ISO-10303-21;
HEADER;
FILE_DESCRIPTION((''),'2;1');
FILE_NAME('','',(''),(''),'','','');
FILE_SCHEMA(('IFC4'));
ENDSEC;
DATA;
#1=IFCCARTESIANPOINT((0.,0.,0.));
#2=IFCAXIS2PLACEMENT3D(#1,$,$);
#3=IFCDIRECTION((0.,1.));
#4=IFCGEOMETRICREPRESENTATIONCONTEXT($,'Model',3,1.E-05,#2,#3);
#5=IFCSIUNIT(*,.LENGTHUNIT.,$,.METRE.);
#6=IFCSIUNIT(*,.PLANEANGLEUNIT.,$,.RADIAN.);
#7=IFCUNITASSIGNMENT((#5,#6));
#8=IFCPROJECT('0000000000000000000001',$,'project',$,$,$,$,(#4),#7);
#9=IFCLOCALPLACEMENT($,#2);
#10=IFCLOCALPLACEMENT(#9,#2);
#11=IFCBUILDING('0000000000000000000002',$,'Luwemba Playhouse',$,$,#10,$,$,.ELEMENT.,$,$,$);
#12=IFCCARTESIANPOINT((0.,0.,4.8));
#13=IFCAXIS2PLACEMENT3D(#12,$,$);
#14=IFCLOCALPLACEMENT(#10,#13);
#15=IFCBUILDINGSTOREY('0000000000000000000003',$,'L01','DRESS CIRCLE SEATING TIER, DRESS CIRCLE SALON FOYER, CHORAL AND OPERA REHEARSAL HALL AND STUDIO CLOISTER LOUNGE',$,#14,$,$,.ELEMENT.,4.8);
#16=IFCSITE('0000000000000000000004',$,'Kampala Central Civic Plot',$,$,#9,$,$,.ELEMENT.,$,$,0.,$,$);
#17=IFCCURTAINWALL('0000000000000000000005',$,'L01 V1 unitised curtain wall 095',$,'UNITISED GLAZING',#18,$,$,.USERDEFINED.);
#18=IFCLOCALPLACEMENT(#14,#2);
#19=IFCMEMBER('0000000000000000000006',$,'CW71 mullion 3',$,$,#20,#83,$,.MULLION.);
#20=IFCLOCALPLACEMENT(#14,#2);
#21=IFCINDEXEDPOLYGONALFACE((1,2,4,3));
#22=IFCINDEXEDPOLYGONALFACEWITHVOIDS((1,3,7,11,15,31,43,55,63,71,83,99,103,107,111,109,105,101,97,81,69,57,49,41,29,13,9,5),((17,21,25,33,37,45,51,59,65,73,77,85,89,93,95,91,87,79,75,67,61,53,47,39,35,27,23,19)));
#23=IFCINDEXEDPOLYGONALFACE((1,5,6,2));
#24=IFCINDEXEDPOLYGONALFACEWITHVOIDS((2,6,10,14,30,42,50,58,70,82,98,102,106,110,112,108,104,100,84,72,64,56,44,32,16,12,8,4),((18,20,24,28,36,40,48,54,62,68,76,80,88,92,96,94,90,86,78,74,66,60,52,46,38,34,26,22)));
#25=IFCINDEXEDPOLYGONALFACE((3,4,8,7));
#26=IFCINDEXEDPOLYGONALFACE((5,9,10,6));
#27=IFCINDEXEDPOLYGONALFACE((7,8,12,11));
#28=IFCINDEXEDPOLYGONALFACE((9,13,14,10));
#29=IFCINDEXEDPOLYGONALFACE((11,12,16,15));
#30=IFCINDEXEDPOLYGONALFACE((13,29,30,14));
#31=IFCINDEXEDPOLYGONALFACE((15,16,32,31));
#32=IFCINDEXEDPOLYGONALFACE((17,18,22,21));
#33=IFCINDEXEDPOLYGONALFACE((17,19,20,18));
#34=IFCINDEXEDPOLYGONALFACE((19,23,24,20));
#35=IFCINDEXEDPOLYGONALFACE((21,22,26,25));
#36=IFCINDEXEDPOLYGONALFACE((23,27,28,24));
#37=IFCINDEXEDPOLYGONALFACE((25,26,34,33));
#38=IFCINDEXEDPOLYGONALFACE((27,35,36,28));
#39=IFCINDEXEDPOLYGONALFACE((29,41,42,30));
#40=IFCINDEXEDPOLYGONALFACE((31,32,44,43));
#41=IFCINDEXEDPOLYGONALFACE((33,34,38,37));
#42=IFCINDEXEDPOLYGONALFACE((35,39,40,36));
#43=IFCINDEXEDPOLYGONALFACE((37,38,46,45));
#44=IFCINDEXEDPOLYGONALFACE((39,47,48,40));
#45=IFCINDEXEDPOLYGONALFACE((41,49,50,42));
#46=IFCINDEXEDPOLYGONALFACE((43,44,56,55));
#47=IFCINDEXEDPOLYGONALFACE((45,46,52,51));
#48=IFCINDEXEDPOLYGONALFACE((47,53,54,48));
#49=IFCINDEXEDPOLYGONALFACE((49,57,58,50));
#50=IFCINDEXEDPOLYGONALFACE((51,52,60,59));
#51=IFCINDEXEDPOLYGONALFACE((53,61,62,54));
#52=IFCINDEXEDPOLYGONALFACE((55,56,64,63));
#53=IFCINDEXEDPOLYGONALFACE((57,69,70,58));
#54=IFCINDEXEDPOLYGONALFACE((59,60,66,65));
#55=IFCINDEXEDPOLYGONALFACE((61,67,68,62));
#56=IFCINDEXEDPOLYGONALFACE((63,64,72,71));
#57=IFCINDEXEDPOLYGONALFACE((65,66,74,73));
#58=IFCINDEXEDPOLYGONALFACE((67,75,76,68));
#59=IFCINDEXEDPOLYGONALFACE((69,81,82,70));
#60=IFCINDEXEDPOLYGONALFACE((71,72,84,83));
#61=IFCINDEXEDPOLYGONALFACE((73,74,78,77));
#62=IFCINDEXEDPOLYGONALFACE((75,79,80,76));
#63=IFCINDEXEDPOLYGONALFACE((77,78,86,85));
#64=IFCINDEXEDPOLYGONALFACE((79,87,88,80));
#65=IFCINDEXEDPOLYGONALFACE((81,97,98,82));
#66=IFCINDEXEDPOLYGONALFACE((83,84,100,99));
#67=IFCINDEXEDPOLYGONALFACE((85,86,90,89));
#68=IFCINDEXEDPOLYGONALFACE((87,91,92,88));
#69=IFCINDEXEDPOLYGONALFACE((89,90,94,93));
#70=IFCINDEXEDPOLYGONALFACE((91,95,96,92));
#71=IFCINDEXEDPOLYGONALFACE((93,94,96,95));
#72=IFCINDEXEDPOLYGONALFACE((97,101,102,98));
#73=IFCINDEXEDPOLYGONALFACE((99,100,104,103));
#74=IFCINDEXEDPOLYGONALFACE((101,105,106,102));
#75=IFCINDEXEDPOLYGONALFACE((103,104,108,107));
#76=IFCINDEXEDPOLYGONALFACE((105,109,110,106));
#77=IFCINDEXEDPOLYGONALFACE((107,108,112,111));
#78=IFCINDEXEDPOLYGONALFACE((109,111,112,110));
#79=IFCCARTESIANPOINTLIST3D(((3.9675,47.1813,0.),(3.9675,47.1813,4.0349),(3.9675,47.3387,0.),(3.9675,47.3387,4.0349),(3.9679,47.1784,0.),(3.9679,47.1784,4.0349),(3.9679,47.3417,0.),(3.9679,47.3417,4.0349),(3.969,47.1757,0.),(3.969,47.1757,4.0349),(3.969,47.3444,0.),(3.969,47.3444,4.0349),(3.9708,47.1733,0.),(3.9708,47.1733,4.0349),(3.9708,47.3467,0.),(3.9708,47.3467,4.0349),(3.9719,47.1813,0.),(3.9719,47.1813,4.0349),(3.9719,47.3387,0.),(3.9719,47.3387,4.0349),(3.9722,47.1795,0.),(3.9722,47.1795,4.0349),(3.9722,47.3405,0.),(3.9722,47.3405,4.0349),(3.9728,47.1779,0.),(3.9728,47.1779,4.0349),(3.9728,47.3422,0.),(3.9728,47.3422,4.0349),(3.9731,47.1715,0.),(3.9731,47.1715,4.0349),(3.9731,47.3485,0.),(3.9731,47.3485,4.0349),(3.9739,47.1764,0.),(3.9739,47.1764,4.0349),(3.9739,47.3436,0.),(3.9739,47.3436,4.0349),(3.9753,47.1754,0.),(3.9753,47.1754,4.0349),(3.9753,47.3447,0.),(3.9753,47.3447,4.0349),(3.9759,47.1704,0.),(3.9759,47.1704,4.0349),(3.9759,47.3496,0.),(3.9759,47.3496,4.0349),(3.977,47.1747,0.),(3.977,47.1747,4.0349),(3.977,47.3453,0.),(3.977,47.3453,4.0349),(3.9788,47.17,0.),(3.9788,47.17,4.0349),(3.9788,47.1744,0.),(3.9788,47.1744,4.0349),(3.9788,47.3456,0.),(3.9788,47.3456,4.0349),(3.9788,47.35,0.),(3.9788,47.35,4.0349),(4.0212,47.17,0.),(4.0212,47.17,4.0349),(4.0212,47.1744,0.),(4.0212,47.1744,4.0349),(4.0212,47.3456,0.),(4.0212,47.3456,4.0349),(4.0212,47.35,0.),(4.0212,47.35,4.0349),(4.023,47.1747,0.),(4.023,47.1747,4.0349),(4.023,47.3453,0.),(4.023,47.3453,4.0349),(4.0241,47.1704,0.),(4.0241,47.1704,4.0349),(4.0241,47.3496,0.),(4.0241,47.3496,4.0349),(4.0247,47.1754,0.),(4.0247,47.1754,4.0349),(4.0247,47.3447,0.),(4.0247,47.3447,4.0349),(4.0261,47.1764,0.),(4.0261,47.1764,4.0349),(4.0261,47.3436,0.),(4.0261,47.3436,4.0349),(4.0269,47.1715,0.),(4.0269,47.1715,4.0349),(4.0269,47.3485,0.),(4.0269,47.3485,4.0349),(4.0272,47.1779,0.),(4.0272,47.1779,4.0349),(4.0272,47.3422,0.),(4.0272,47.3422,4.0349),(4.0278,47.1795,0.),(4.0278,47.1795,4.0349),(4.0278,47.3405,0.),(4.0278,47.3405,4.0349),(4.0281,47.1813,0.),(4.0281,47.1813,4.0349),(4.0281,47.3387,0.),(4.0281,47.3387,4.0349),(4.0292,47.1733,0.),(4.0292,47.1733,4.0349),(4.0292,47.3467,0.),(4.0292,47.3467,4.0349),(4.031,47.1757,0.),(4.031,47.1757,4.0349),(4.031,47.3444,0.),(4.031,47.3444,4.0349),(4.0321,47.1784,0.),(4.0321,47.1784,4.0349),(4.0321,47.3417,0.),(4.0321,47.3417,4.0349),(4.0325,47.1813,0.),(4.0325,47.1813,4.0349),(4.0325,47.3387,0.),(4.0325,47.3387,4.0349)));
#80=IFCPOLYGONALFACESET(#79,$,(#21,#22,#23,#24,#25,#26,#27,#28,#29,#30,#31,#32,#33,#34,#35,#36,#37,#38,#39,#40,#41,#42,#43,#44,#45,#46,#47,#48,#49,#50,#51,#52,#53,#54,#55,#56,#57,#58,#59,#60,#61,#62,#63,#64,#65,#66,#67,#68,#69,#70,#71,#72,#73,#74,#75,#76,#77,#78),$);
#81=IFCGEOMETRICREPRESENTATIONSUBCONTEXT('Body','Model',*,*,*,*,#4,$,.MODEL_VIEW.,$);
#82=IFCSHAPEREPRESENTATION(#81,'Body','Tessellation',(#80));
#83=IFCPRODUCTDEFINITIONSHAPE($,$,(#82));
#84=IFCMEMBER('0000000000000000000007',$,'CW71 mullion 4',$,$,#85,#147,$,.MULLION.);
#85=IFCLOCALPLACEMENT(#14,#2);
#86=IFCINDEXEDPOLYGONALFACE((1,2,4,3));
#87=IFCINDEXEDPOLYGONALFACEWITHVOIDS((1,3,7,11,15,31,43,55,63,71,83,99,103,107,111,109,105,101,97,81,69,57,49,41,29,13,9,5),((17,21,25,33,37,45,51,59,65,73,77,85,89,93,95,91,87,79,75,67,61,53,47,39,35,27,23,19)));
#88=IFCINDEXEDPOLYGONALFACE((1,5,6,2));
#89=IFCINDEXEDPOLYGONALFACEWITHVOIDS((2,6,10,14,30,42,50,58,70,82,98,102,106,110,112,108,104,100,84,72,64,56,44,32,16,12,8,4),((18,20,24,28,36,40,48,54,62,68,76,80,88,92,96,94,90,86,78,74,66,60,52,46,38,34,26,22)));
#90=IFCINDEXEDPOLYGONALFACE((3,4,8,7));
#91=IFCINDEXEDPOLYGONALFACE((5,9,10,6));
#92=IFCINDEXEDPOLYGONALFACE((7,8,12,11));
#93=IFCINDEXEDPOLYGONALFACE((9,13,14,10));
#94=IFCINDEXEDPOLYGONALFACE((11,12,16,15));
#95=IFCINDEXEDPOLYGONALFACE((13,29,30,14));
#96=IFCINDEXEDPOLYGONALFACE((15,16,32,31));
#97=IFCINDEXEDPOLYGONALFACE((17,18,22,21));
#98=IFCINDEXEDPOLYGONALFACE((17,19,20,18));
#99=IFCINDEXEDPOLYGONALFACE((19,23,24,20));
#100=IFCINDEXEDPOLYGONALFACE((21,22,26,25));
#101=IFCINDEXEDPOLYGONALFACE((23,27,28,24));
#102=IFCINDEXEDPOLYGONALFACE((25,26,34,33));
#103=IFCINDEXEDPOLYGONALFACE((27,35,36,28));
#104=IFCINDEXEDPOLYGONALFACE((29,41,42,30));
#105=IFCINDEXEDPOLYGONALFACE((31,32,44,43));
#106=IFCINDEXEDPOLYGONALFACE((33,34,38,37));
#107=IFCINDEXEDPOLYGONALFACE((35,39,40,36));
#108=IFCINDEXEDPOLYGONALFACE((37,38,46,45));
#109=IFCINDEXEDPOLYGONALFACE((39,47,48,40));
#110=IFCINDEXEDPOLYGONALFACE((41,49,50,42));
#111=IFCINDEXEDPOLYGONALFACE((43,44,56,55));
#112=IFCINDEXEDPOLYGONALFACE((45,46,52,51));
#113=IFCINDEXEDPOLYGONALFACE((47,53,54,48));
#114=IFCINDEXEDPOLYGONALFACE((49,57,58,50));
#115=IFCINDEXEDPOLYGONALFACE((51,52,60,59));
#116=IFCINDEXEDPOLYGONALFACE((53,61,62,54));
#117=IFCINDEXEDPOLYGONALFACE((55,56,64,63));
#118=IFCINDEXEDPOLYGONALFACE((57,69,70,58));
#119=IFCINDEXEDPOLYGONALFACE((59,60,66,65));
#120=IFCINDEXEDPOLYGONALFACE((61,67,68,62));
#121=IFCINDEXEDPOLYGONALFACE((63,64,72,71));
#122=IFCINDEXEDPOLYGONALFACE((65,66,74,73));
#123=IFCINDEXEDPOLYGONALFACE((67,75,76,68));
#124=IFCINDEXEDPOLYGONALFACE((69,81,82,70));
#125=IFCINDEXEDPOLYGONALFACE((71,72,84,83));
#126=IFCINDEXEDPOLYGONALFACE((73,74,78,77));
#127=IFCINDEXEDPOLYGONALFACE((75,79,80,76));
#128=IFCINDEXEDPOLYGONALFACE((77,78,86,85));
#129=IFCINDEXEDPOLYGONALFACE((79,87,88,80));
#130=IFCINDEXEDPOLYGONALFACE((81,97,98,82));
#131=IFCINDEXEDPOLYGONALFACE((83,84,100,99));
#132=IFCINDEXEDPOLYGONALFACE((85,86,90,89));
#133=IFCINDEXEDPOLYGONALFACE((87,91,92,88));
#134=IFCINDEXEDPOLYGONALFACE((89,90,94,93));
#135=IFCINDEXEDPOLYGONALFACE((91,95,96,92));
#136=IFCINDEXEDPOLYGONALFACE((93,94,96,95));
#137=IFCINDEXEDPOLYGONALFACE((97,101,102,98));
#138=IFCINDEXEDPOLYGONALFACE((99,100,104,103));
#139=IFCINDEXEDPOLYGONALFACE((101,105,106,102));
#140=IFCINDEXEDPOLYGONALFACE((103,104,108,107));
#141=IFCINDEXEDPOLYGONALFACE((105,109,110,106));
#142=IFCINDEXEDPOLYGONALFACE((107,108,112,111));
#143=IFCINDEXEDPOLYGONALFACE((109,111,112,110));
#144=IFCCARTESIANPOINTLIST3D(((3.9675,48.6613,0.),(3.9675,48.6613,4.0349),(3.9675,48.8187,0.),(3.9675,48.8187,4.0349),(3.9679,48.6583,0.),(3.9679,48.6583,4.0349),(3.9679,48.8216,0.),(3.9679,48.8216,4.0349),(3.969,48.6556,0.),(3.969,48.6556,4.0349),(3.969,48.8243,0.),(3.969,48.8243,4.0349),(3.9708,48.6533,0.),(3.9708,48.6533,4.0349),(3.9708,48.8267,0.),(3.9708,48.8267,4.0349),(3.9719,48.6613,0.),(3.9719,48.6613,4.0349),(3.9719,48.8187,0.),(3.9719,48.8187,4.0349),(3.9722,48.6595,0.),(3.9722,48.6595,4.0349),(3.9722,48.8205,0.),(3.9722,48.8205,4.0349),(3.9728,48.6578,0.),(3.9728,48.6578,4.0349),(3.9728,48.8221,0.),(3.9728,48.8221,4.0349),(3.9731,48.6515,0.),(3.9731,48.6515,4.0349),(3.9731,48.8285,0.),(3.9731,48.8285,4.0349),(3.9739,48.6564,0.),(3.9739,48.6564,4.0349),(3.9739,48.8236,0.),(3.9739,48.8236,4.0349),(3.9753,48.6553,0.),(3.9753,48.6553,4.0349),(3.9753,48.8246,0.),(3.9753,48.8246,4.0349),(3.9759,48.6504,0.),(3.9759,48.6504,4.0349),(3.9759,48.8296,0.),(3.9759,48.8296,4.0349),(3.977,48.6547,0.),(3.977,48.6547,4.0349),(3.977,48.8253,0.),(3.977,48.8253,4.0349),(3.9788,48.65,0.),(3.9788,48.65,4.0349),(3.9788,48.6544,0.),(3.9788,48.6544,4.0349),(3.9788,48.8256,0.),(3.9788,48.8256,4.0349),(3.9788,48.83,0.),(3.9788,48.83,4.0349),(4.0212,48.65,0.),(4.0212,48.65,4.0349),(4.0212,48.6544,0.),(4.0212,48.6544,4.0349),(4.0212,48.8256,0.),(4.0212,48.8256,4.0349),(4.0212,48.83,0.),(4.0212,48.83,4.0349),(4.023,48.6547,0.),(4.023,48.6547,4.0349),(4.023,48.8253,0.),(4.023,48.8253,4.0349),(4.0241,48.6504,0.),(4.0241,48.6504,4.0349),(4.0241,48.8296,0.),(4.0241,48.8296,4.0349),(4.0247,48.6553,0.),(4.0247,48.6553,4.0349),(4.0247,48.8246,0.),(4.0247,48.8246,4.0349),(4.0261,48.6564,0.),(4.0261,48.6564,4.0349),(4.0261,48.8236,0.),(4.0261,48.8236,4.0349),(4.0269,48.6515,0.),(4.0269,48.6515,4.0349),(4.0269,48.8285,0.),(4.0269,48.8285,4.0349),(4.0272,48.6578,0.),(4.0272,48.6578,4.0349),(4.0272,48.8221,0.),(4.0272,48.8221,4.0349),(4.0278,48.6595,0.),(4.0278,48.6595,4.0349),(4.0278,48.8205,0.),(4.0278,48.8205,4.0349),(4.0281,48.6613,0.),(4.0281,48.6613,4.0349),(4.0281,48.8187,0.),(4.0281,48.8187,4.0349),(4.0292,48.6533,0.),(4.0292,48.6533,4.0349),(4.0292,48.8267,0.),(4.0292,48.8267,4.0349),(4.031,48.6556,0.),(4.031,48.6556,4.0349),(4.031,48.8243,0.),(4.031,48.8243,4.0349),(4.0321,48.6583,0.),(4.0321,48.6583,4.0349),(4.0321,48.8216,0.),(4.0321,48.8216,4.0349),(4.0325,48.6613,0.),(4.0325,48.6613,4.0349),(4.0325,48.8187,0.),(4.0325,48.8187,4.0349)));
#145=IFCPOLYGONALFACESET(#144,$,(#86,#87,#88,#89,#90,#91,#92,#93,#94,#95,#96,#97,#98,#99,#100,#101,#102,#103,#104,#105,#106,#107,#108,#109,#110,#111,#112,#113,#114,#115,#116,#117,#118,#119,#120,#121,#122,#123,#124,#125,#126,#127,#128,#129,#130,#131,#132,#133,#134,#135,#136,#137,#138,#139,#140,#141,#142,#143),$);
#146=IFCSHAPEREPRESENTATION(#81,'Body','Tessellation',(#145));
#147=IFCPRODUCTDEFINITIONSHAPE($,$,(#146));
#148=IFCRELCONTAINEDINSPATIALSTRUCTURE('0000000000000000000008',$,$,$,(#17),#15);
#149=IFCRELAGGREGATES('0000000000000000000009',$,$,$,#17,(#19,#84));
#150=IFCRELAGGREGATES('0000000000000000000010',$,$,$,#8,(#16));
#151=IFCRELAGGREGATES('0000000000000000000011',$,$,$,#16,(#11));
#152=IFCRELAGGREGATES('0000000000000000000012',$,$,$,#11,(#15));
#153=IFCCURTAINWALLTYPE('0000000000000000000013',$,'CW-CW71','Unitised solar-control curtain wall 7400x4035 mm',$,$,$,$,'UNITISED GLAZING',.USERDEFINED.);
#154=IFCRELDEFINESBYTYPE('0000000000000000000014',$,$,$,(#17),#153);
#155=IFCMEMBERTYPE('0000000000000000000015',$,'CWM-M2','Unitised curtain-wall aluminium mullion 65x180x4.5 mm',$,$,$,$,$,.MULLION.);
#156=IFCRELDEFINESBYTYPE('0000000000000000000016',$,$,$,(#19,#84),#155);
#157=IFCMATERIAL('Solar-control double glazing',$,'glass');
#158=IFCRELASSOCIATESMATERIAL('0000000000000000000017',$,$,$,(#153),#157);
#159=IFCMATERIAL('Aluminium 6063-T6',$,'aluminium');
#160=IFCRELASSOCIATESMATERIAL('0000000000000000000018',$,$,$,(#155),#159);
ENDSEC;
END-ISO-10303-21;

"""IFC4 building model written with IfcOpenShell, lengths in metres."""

from ifc_helpers import new_model, si_unit, direction, frame, origin, origin_2d, place, context, subcontext, project, spatial, hollow_rectangle, extrude, material, material_profile, profile_set, type_object, element, aggregate, save


model = new_model("IFC4")

# Units and contexts
model_context = context("Model", 3, precision=1e-05, world=origin(), true_north=direction((0.0, 1.0)))
body_context = subcontext(model_context, "Body", "Model", "MODEL_VIEW")
ifc_project = project(units=[si_unit("LENGTHUNIT", "METRE"), si_unit("PLANEANGLEUNIT", "RADIAN")], contexts=[model_context])

# Site, building, storey
site_placement = place(None, origin())
site = spatial("IfcSite", under=ifc_project, at=site_placement, Name="Kampala Central Civic Plot", CompositionType="ELEMENT", RefElevation=0.0)
building_placement = place(site_placement, origin())
building = spatial("IfcBuilding", under=site, at=building_placement, Name="Luwemba Playhouse", CompositionType="ELEMENT")
storey_placement = place(building_placement, frame((0.0, 0.0, 4.8)))
storey = spatial("IfcBuildingStorey", under=building, at=storey_placement, Name="L01", Description="DRESS CIRCLE SEATING TIER, DRESS CIRCLE SALON FOYER, CHORAL AND OPERA REHEARSAL HALL AND STUDIO CLOISTER LOUNGE", CompositionType="ELEMENT", Elevation=4.8)

# Curtain wall, members
ifc_material_1 = material(Name="Solar-control double glazing", Category="glass")
curtain_wall_type = type_object("IfcCurtainWallType", Name="CW-CW71", Description="Unitised solar-control curtain wall 7400x4035 mm", ElementType="UNITISED GLAZING", PredefinedType="USERDEFINED", material=ifc_material_1)
curtain_wall_placement = place(storey_placement, origin())
curtain_wall = element("IfcCurtainWall", 1, at=curtain_wall_placement, inside=storey, type_object=curtain_wall_type, Name="L01 V1 unitised curtain wall 095", ObjectType="UNITISED GLAZING", PredefinedType="USERDEFINED")
ifc_material_2 = material(Name="Aluminium 6063-T6", Category="aluminium")
ifc_material_profile_1 = material_profile(ifc_material_2, hollow_rectangle(XDim=0.0649, YDim=0.1799, WallThickness=0.0044, InnerFilletRadius=0.0068, OuterFilletRadius=0.0112, at=origin_2d()))
ifc_profile_set_1 = profile_set([ifc_material_profile_1], Name="Aluminium 6063-T6")
member_type_1 = type_object("IfcMemberType", Name="CWM-M2", Description="Unitised curtain-wall aluminium mullion 65x180x4.5 mm", PredefinedType="MULLION", material=ifc_profile_set_1)
member_1_placement = place(storey_placement, frame((4.0, 47.26, 0.0), z_axis=(0.0, 0.0, 1.0), x_axis=(-1.0, 0.0, 0.0)))
member_1 = element("IfcMember", 2, at=member_1_placement, type_object=member_type_1, Name="CW71 mullion 3", PredefinedType="MULLION", context=body_context, shape_type="SweptSolid", body=[
    extrude(hollow_rectangle(XDim=0.0649, YDim=0.1799, WallThickness=0.0044, InnerFilletRadius=0.0068, OuterFilletRadius=0.0112, at=origin_2d()), origin(), (0.0, 0.0, 1.0), 4.0349),
])
member_2_placement = place(storey_placement, frame((4.0, 48.74, 0.0), z_axis=(0.0, 0.0, 1.0), x_axis=(-1.0, 0.0, 0.0)))
member_2 = element("IfcMember", 3, at=member_2_placement, type_object=member_type_1, Name="CW71 mullion 4", PredefinedType="MULLION", context=body_context, shape_type="SweptSolid", body=[
    extrude(hollow_rectangle(XDim=0.0649, YDim=0.1799, WallThickness=0.0044, InnerFilletRadius=0.0068, OuterFilletRadius=0.0112, at=origin_2d()), origin(), (0.0, 0.0, 1.0), 4.0349),
])
aggregate(curtain_wall, [member_1, member_2])

save(model, "model.ifc")
